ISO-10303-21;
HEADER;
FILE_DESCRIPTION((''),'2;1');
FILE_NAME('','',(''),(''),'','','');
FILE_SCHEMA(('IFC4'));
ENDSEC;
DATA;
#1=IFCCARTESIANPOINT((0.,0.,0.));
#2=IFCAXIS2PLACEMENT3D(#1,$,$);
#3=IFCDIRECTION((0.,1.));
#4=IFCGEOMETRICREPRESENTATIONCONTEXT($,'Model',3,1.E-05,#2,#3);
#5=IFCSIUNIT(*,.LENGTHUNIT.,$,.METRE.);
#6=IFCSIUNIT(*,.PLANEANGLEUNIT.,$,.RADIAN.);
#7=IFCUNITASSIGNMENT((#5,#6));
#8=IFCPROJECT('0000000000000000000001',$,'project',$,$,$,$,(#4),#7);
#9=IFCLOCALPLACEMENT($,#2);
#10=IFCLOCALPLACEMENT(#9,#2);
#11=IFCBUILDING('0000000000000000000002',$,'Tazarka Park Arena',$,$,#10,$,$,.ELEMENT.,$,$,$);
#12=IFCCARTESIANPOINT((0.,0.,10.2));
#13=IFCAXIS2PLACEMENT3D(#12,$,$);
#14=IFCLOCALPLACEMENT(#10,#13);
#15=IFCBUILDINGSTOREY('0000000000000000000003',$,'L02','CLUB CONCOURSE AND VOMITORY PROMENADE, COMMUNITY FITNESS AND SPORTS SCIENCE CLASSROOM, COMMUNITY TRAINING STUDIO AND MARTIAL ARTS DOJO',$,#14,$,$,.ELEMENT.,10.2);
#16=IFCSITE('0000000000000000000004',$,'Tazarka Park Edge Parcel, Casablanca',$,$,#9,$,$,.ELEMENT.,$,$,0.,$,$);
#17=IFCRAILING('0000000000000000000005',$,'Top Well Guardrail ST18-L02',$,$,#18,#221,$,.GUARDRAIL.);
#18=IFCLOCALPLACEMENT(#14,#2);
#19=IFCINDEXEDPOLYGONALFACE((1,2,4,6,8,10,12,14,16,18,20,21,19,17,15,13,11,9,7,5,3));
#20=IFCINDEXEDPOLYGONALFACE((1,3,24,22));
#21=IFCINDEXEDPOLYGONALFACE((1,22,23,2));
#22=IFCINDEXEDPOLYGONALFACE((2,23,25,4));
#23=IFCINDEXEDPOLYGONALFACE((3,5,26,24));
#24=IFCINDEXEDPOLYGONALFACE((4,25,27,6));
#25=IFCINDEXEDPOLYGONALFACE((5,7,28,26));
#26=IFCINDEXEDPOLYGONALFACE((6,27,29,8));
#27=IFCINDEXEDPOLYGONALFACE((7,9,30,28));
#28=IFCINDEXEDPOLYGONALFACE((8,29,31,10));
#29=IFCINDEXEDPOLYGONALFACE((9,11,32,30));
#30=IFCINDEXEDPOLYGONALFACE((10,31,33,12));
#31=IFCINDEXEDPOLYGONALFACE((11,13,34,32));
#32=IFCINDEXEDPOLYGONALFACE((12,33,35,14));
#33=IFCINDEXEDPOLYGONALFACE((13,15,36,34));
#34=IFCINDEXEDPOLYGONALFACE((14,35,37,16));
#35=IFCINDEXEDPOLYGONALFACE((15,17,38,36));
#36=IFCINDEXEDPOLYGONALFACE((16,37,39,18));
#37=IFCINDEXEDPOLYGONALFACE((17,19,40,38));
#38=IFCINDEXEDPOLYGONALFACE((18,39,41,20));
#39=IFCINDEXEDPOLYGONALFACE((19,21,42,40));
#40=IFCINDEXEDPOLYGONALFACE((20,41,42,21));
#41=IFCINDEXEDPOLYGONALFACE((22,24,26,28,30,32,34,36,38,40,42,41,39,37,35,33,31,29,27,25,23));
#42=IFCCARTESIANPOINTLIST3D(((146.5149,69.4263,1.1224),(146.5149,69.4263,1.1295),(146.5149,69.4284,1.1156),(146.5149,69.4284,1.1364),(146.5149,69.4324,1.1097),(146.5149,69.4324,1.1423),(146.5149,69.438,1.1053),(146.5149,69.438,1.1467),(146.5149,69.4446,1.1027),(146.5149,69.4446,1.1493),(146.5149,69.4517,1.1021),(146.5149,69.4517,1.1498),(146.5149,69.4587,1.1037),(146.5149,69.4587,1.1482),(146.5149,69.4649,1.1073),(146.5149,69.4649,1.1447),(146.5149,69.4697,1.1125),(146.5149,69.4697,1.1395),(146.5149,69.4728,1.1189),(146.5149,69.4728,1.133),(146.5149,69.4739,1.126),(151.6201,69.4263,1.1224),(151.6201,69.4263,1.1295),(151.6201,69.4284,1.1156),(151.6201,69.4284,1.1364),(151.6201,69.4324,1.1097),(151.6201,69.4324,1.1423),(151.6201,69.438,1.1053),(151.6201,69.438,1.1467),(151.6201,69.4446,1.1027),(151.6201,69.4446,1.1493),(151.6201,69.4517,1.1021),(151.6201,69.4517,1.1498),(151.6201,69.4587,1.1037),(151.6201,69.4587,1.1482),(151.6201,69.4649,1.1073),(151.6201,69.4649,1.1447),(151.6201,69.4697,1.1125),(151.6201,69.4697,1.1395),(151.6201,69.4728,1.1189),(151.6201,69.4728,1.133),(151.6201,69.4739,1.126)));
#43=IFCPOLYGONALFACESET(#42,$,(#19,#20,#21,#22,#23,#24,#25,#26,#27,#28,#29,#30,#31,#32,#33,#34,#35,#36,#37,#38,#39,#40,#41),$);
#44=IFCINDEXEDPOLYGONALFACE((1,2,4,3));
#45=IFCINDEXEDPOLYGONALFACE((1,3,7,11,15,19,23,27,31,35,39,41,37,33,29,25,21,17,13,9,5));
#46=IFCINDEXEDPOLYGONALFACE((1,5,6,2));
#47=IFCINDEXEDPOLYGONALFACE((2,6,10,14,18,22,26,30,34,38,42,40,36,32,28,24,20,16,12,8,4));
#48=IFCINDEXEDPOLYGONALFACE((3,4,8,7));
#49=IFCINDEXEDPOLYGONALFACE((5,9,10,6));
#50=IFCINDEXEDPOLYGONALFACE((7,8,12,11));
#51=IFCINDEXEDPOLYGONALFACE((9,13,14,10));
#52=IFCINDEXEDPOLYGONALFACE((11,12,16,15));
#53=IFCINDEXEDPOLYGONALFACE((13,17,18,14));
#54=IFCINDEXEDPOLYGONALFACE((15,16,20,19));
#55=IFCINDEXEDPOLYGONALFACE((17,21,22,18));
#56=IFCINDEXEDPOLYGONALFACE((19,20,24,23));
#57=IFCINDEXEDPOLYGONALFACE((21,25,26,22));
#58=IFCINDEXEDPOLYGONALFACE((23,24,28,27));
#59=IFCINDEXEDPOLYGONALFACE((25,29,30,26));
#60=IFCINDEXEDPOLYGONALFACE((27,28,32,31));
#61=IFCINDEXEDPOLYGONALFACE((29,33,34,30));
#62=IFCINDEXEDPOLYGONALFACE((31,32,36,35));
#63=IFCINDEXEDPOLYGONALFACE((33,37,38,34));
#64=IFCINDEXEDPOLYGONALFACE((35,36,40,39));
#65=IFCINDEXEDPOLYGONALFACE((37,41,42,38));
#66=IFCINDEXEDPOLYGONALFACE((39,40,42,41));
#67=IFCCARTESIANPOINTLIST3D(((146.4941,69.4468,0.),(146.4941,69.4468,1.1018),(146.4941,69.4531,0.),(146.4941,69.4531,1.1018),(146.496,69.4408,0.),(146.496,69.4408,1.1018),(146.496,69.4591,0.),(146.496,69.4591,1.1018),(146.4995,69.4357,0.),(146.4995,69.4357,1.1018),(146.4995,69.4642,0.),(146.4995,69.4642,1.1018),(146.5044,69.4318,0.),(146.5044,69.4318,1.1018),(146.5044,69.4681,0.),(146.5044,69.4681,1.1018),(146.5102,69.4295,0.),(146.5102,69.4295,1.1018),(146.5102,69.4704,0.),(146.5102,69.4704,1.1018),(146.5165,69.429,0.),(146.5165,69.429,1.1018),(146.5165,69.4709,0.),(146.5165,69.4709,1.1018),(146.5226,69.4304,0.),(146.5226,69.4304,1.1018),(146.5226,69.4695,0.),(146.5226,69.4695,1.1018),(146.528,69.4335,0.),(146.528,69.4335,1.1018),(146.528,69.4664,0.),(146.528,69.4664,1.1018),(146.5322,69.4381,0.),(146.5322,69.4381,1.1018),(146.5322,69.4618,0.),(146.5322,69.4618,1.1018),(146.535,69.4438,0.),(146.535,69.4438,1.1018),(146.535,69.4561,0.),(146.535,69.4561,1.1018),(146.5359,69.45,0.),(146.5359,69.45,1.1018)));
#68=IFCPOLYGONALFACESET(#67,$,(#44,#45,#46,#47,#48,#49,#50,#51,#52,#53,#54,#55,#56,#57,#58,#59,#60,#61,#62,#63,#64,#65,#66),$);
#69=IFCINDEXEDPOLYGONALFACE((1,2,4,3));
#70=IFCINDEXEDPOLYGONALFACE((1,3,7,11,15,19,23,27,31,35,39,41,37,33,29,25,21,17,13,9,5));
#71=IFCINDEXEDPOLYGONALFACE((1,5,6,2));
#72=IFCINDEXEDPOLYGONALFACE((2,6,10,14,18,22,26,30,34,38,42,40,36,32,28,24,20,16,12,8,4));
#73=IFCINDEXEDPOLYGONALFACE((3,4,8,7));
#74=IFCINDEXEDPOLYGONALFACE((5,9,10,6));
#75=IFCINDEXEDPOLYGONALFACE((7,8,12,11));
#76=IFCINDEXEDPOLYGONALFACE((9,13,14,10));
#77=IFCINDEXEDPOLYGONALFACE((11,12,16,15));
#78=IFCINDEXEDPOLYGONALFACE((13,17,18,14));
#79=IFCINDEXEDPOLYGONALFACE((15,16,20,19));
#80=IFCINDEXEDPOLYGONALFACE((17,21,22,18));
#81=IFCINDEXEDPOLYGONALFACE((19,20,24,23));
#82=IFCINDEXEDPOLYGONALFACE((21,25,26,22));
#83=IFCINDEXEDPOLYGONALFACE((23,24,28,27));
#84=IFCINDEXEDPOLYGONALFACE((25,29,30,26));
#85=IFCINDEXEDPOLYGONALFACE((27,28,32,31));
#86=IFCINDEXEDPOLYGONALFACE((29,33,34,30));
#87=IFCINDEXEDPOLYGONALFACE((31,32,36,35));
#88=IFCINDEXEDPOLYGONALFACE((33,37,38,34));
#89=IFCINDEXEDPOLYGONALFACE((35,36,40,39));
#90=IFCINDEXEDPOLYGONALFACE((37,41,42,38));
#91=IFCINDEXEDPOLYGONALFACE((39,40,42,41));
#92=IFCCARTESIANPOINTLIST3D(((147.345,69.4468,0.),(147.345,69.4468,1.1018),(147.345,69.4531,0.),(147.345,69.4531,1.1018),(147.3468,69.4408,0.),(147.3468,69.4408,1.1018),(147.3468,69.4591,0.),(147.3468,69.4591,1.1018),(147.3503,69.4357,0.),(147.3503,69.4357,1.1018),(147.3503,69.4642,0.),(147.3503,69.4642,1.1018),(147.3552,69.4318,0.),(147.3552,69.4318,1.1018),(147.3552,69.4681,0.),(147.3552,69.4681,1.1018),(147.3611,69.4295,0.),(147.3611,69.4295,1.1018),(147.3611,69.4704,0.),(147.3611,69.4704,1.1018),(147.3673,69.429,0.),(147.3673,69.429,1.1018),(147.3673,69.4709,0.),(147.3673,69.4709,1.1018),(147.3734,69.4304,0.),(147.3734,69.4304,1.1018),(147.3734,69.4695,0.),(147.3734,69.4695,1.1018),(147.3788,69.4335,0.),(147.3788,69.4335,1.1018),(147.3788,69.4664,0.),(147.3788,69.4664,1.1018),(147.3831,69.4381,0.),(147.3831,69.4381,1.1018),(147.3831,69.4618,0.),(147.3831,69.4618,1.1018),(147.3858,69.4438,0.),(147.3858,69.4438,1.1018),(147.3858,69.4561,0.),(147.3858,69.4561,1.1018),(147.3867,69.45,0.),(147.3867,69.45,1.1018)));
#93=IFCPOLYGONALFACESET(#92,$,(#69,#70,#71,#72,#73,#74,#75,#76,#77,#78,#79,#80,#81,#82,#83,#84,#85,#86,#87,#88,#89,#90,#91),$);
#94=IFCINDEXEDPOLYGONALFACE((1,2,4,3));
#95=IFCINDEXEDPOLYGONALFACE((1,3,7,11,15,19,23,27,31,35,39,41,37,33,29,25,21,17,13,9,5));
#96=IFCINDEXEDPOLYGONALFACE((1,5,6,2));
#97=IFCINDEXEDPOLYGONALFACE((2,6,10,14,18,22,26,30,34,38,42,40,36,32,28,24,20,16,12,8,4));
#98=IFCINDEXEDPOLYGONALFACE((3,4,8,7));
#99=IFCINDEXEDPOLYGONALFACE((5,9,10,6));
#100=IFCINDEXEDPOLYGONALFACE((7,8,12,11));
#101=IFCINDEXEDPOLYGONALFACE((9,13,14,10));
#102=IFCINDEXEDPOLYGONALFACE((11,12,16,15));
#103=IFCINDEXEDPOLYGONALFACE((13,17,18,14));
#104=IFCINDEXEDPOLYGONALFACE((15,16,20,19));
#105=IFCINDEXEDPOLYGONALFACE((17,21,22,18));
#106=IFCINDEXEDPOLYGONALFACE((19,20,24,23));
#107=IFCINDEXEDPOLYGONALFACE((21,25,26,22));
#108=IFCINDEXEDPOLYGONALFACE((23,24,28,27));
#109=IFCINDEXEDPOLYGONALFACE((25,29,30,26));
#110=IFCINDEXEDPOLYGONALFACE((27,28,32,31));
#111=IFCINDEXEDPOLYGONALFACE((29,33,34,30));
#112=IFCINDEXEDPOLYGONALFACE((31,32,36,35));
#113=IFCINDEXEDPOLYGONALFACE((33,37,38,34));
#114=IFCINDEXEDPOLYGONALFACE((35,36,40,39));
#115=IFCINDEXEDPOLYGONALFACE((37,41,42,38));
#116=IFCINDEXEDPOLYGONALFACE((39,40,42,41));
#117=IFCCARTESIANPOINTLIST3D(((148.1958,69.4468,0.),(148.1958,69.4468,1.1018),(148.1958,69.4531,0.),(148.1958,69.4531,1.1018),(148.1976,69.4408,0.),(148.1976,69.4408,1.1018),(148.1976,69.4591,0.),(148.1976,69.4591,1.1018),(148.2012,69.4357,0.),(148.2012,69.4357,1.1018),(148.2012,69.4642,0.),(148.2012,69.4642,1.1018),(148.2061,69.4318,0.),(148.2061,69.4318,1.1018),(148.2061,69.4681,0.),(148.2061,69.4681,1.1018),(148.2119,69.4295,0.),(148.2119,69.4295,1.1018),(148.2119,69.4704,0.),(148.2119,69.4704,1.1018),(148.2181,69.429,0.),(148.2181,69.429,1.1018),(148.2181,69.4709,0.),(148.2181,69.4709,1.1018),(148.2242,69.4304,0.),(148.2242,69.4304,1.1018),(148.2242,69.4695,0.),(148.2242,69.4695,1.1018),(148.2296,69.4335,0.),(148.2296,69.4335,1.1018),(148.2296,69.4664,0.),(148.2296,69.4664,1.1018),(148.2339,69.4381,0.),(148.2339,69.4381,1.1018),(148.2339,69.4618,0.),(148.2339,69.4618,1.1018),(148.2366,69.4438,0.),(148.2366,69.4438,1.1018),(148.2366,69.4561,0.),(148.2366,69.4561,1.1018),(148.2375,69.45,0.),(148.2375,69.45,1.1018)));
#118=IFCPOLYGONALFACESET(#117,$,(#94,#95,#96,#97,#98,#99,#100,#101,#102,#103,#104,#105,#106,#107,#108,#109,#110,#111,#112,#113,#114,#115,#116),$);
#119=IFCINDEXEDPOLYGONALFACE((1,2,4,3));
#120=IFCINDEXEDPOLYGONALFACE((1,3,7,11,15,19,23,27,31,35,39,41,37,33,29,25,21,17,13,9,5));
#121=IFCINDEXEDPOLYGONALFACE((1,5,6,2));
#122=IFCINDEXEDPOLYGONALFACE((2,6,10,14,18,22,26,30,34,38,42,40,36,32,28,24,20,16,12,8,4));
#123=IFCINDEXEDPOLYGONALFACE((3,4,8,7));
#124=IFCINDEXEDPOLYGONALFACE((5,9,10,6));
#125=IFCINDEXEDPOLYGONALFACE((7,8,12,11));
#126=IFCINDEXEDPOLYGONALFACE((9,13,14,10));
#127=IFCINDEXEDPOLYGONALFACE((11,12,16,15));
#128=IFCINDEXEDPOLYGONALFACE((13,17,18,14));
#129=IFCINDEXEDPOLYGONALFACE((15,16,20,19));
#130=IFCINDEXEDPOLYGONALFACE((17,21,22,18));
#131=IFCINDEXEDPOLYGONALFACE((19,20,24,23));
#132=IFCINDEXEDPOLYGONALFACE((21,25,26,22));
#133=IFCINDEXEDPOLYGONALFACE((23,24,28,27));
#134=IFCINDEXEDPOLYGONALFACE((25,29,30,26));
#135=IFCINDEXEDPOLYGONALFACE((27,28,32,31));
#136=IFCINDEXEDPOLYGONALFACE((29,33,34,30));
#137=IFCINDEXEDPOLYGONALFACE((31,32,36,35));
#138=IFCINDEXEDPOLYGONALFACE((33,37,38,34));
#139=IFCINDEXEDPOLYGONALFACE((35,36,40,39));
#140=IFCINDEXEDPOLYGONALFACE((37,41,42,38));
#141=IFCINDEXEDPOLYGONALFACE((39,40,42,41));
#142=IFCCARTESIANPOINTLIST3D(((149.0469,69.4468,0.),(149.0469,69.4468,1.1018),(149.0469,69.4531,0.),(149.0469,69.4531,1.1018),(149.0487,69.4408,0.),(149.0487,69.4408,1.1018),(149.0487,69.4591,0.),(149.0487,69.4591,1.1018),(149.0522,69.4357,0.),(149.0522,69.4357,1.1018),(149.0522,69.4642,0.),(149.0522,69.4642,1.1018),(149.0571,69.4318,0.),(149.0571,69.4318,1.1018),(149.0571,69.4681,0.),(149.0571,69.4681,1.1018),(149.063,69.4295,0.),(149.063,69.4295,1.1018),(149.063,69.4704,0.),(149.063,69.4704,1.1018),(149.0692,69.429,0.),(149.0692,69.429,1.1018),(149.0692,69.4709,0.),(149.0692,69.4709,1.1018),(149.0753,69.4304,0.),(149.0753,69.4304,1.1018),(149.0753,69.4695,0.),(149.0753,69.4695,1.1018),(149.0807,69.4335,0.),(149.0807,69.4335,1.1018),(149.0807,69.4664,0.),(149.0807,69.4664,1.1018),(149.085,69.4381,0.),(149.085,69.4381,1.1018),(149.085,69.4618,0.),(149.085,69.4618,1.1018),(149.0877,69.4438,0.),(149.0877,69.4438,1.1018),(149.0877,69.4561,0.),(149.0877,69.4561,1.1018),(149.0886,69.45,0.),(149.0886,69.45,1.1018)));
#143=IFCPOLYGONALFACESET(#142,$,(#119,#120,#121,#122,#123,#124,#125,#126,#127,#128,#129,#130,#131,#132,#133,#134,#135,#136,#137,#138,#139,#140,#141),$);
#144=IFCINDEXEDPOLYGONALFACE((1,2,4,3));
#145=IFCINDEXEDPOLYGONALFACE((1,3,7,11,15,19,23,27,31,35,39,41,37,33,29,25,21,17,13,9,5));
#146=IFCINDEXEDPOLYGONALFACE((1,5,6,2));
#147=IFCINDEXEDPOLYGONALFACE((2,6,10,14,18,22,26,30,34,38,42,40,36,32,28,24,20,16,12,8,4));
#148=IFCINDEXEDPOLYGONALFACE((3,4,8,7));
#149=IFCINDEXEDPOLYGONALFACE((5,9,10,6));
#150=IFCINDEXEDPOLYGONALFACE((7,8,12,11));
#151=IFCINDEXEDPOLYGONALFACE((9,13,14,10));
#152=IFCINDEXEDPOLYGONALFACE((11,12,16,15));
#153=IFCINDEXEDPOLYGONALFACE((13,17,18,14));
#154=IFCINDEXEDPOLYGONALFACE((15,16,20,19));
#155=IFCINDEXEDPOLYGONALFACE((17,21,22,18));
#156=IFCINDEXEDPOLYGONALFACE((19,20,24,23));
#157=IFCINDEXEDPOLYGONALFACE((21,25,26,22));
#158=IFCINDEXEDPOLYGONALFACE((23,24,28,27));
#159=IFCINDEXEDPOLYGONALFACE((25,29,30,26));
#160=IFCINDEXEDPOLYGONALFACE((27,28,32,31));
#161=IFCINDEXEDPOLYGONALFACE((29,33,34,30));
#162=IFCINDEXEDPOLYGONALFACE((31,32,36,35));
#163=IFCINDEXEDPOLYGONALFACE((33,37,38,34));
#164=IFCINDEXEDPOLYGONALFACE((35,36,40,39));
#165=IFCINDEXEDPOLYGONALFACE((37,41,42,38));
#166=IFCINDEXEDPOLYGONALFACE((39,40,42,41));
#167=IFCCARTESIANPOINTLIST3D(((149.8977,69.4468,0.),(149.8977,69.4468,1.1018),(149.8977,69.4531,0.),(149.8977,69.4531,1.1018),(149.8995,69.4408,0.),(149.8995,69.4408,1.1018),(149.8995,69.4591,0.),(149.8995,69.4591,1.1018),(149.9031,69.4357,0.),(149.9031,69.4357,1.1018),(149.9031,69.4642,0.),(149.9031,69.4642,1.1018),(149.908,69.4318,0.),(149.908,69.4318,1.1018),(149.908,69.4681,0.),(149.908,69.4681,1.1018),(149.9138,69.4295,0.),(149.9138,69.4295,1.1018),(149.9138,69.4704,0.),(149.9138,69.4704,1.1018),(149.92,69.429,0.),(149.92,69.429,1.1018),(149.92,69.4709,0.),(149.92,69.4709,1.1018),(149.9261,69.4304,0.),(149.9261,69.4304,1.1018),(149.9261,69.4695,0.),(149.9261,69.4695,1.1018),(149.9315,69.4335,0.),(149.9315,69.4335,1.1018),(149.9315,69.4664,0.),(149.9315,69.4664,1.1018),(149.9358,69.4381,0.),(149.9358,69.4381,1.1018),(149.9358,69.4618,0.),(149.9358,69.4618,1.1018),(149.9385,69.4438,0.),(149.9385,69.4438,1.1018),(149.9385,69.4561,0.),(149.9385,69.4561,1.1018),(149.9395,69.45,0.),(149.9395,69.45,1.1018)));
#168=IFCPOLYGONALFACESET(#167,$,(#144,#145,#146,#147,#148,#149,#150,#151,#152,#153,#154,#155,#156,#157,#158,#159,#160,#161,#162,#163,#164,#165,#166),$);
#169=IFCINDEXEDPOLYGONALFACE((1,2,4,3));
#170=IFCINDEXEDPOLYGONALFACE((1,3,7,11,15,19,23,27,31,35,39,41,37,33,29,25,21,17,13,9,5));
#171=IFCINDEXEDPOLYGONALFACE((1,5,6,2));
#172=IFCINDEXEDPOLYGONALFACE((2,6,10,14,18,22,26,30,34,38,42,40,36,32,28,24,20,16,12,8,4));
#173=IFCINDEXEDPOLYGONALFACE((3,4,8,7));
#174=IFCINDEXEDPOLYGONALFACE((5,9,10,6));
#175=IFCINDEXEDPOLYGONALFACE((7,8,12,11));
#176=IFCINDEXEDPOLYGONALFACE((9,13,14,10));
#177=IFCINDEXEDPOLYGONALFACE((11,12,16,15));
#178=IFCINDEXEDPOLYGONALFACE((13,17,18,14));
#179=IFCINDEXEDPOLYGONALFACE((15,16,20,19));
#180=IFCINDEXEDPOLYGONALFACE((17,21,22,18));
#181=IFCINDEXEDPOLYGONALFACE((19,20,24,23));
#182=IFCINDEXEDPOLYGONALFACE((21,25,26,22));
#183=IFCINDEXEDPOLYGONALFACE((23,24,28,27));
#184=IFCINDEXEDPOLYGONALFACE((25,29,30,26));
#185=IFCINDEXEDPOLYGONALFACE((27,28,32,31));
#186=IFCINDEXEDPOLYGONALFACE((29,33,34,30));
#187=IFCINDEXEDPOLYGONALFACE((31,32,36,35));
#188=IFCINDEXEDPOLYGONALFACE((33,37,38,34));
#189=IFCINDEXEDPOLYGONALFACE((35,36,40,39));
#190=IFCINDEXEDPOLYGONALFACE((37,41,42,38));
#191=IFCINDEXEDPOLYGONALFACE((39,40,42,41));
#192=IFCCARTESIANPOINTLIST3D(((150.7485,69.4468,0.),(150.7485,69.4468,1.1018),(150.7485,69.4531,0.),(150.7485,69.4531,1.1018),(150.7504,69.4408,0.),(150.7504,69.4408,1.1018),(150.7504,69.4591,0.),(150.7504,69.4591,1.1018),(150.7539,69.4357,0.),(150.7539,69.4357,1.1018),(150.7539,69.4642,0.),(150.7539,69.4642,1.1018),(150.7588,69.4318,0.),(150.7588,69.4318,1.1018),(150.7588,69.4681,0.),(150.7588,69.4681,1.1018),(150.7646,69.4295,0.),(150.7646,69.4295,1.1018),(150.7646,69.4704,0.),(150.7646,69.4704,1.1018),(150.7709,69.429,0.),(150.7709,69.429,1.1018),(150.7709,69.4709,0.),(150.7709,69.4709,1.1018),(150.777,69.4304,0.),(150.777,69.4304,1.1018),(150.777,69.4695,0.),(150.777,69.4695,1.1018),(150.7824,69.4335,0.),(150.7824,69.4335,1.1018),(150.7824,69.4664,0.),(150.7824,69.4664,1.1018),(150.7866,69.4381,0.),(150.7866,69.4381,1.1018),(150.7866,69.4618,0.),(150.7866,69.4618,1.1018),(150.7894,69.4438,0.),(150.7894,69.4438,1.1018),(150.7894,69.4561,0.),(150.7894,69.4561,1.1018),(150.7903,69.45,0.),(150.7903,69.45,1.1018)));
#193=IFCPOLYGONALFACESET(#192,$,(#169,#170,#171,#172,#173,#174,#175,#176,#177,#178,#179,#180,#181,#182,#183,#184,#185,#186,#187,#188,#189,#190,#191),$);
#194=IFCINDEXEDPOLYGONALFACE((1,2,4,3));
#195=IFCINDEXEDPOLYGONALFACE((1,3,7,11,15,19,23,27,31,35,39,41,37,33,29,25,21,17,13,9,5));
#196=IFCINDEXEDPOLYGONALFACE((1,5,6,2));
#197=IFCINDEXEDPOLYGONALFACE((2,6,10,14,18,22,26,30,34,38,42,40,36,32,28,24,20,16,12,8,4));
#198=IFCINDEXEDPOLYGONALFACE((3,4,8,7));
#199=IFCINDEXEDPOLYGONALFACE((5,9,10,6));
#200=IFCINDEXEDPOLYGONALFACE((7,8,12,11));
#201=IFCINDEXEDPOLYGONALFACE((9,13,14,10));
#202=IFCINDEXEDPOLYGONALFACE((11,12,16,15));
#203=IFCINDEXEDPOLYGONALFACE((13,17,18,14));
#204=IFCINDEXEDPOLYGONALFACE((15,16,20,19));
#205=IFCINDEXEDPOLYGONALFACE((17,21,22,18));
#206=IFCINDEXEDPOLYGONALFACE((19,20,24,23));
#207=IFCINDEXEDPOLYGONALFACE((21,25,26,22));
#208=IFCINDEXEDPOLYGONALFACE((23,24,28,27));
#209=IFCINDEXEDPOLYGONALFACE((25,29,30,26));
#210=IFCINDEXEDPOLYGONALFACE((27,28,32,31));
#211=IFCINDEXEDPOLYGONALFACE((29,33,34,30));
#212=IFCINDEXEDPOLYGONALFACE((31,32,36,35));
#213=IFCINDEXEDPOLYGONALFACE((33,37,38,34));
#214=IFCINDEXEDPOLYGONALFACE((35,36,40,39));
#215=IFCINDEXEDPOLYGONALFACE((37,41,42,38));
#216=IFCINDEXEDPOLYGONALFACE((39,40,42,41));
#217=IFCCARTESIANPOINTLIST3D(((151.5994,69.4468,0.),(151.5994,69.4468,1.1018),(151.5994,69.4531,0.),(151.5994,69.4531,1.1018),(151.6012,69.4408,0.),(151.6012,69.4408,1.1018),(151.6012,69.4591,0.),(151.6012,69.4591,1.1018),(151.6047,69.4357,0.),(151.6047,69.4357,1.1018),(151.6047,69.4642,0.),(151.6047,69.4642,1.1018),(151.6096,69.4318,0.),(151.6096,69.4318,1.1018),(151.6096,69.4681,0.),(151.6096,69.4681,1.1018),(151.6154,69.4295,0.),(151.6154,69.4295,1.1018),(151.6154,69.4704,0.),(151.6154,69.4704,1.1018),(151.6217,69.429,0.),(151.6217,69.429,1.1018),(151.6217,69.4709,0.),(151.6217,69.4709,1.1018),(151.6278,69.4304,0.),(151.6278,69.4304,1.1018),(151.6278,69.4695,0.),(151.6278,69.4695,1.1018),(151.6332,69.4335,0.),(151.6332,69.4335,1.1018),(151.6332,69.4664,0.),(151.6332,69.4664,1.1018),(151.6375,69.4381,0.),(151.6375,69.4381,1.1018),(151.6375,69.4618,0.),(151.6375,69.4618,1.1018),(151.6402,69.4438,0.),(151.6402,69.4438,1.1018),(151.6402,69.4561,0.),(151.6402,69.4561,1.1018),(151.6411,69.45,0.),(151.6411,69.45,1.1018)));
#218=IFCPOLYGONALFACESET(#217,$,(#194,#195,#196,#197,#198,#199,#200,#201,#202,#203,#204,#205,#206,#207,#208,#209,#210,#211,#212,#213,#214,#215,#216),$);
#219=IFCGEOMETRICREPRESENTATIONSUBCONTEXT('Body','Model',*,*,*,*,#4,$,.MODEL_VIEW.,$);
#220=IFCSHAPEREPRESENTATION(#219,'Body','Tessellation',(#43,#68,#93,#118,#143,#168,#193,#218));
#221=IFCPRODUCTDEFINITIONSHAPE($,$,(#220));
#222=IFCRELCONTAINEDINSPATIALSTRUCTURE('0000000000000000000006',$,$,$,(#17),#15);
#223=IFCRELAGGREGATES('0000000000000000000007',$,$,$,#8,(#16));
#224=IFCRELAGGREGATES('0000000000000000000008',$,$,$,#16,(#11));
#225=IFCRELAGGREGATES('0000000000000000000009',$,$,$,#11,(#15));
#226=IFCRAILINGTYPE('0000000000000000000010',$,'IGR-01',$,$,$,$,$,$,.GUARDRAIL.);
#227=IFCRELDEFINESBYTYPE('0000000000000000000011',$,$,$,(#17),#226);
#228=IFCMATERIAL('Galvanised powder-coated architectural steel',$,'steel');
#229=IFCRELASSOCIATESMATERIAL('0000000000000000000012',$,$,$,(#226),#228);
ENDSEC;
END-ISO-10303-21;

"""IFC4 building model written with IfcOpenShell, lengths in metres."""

from ifc_helpers import new_model, si_unit, direction, frame, origin, origin_2d, place, context, subcontext, project, spatial, circle, extrude, material, type_object, element, save


model = new_model("IFC4")

# Units and contexts
model_context = context("Model", 3, precision=1e-05, world=origin(), true_north=direction((0.0, 1.0)))
body_context = subcontext(model_context, "Body", "Model", "MODEL_VIEW")
ifc_project = project(units=[si_unit("LENGTHUNIT", "METRE"), si_unit("PLANEANGLEUNIT", "RADIAN")], contexts=[model_context])

# Site, building, storey
site_placement = place(None, origin())
site = spatial("IfcSite", under=ifc_project, at=site_placement, Name="Tazarka Park Edge Parcel, Casablanca", CompositionType="ELEMENT", RefElevation=0.0)
building_placement = place(site_placement, origin())
building = spatial("IfcBuilding", under=site, at=building_placement, Name="Tazarka Park Arena", CompositionType="ELEMENT")
storey_placement = place(building_placement, frame((0.0, 0.0, 10.2)))
storey = spatial("IfcBuildingStorey", under=building, at=storey_placement, Name="L02", Description="CLUB CONCOURSE AND VOMITORY PROMENADE, COMMUNITY FITNESS AND SPORTS SCIENCE CLASSROOM, COMMUNITY TRAINING STUDIO AND MARTIAL ARTS DOJO", CompositionType="ELEMENT", Elevation=10.2)

# Railing
ifc_material_1 = material(Name="Galvanised powder-coated architectural steel", Category="steel")
railing_type = type_object("IfcRailingType", Name="IGR-01", PredefinedType="GUARDRAIL", material=ifc_material_1)
railing_1_placement = place(storey_placement, frame((146.5149, 69.45, 0.0)))
element("IfcRailing", 1, at=railing_1_placement, inside=storey, type_object=railing_type, Name="Top Well Guardrail ST18-L02", PredefinedType="GUARDRAIL", context=body_context, shape_type="SweptSolid", body=[
    extrude(circle(Radius=0.0239, at=origin_2d()), frame((0.0, 0.0, 1.126), z_axis=(1.0, 0.0, 0.0), x_axis=(0.0, 1.0, 0.0)), (0.0, 0.0, 1.0), 5.1052),
    extrude(circle(Radius=0.021, at=origin_2d()), origin(), (0.0, 0.0, 1.0), 1.1018),
    extrude(circle(Radius=0.021, at=origin_2d()), frame((0.8508, 0.0, 0.0)), (0.0, 0.0, 1.0), 1.1018),
    extrude(circle(Radius=0.021, at=origin_2d()), frame((1.7017, 0.0, 0.0)), (0.0, 0.0, 1.0), 1.1018),
    extrude(circle(Radius=0.021, at=origin_2d()), frame((2.5527, 0.0, 0.0)), (0.0, 0.0, 1.0), 1.1018),
    extrude(circle(Radius=0.021, at=origin_2d()), frame((3.4036, 0.0, 0.0)), (0.0, 0.0, 1.0), 1.1018),
    extrude(circle(Radius=0.021, at=origin_2d()), frame((4.2544, 0.0, 0.0)), (0.0, 0.0, 1.0), 1.1018),
    extrude(circle(Radius=0.021, at=origin_2d()), frame((5.1052, 0.0, 0.0)), (0.0, 0.0, 1.0), 1.1018),
])

save(model, "model.ifc")
